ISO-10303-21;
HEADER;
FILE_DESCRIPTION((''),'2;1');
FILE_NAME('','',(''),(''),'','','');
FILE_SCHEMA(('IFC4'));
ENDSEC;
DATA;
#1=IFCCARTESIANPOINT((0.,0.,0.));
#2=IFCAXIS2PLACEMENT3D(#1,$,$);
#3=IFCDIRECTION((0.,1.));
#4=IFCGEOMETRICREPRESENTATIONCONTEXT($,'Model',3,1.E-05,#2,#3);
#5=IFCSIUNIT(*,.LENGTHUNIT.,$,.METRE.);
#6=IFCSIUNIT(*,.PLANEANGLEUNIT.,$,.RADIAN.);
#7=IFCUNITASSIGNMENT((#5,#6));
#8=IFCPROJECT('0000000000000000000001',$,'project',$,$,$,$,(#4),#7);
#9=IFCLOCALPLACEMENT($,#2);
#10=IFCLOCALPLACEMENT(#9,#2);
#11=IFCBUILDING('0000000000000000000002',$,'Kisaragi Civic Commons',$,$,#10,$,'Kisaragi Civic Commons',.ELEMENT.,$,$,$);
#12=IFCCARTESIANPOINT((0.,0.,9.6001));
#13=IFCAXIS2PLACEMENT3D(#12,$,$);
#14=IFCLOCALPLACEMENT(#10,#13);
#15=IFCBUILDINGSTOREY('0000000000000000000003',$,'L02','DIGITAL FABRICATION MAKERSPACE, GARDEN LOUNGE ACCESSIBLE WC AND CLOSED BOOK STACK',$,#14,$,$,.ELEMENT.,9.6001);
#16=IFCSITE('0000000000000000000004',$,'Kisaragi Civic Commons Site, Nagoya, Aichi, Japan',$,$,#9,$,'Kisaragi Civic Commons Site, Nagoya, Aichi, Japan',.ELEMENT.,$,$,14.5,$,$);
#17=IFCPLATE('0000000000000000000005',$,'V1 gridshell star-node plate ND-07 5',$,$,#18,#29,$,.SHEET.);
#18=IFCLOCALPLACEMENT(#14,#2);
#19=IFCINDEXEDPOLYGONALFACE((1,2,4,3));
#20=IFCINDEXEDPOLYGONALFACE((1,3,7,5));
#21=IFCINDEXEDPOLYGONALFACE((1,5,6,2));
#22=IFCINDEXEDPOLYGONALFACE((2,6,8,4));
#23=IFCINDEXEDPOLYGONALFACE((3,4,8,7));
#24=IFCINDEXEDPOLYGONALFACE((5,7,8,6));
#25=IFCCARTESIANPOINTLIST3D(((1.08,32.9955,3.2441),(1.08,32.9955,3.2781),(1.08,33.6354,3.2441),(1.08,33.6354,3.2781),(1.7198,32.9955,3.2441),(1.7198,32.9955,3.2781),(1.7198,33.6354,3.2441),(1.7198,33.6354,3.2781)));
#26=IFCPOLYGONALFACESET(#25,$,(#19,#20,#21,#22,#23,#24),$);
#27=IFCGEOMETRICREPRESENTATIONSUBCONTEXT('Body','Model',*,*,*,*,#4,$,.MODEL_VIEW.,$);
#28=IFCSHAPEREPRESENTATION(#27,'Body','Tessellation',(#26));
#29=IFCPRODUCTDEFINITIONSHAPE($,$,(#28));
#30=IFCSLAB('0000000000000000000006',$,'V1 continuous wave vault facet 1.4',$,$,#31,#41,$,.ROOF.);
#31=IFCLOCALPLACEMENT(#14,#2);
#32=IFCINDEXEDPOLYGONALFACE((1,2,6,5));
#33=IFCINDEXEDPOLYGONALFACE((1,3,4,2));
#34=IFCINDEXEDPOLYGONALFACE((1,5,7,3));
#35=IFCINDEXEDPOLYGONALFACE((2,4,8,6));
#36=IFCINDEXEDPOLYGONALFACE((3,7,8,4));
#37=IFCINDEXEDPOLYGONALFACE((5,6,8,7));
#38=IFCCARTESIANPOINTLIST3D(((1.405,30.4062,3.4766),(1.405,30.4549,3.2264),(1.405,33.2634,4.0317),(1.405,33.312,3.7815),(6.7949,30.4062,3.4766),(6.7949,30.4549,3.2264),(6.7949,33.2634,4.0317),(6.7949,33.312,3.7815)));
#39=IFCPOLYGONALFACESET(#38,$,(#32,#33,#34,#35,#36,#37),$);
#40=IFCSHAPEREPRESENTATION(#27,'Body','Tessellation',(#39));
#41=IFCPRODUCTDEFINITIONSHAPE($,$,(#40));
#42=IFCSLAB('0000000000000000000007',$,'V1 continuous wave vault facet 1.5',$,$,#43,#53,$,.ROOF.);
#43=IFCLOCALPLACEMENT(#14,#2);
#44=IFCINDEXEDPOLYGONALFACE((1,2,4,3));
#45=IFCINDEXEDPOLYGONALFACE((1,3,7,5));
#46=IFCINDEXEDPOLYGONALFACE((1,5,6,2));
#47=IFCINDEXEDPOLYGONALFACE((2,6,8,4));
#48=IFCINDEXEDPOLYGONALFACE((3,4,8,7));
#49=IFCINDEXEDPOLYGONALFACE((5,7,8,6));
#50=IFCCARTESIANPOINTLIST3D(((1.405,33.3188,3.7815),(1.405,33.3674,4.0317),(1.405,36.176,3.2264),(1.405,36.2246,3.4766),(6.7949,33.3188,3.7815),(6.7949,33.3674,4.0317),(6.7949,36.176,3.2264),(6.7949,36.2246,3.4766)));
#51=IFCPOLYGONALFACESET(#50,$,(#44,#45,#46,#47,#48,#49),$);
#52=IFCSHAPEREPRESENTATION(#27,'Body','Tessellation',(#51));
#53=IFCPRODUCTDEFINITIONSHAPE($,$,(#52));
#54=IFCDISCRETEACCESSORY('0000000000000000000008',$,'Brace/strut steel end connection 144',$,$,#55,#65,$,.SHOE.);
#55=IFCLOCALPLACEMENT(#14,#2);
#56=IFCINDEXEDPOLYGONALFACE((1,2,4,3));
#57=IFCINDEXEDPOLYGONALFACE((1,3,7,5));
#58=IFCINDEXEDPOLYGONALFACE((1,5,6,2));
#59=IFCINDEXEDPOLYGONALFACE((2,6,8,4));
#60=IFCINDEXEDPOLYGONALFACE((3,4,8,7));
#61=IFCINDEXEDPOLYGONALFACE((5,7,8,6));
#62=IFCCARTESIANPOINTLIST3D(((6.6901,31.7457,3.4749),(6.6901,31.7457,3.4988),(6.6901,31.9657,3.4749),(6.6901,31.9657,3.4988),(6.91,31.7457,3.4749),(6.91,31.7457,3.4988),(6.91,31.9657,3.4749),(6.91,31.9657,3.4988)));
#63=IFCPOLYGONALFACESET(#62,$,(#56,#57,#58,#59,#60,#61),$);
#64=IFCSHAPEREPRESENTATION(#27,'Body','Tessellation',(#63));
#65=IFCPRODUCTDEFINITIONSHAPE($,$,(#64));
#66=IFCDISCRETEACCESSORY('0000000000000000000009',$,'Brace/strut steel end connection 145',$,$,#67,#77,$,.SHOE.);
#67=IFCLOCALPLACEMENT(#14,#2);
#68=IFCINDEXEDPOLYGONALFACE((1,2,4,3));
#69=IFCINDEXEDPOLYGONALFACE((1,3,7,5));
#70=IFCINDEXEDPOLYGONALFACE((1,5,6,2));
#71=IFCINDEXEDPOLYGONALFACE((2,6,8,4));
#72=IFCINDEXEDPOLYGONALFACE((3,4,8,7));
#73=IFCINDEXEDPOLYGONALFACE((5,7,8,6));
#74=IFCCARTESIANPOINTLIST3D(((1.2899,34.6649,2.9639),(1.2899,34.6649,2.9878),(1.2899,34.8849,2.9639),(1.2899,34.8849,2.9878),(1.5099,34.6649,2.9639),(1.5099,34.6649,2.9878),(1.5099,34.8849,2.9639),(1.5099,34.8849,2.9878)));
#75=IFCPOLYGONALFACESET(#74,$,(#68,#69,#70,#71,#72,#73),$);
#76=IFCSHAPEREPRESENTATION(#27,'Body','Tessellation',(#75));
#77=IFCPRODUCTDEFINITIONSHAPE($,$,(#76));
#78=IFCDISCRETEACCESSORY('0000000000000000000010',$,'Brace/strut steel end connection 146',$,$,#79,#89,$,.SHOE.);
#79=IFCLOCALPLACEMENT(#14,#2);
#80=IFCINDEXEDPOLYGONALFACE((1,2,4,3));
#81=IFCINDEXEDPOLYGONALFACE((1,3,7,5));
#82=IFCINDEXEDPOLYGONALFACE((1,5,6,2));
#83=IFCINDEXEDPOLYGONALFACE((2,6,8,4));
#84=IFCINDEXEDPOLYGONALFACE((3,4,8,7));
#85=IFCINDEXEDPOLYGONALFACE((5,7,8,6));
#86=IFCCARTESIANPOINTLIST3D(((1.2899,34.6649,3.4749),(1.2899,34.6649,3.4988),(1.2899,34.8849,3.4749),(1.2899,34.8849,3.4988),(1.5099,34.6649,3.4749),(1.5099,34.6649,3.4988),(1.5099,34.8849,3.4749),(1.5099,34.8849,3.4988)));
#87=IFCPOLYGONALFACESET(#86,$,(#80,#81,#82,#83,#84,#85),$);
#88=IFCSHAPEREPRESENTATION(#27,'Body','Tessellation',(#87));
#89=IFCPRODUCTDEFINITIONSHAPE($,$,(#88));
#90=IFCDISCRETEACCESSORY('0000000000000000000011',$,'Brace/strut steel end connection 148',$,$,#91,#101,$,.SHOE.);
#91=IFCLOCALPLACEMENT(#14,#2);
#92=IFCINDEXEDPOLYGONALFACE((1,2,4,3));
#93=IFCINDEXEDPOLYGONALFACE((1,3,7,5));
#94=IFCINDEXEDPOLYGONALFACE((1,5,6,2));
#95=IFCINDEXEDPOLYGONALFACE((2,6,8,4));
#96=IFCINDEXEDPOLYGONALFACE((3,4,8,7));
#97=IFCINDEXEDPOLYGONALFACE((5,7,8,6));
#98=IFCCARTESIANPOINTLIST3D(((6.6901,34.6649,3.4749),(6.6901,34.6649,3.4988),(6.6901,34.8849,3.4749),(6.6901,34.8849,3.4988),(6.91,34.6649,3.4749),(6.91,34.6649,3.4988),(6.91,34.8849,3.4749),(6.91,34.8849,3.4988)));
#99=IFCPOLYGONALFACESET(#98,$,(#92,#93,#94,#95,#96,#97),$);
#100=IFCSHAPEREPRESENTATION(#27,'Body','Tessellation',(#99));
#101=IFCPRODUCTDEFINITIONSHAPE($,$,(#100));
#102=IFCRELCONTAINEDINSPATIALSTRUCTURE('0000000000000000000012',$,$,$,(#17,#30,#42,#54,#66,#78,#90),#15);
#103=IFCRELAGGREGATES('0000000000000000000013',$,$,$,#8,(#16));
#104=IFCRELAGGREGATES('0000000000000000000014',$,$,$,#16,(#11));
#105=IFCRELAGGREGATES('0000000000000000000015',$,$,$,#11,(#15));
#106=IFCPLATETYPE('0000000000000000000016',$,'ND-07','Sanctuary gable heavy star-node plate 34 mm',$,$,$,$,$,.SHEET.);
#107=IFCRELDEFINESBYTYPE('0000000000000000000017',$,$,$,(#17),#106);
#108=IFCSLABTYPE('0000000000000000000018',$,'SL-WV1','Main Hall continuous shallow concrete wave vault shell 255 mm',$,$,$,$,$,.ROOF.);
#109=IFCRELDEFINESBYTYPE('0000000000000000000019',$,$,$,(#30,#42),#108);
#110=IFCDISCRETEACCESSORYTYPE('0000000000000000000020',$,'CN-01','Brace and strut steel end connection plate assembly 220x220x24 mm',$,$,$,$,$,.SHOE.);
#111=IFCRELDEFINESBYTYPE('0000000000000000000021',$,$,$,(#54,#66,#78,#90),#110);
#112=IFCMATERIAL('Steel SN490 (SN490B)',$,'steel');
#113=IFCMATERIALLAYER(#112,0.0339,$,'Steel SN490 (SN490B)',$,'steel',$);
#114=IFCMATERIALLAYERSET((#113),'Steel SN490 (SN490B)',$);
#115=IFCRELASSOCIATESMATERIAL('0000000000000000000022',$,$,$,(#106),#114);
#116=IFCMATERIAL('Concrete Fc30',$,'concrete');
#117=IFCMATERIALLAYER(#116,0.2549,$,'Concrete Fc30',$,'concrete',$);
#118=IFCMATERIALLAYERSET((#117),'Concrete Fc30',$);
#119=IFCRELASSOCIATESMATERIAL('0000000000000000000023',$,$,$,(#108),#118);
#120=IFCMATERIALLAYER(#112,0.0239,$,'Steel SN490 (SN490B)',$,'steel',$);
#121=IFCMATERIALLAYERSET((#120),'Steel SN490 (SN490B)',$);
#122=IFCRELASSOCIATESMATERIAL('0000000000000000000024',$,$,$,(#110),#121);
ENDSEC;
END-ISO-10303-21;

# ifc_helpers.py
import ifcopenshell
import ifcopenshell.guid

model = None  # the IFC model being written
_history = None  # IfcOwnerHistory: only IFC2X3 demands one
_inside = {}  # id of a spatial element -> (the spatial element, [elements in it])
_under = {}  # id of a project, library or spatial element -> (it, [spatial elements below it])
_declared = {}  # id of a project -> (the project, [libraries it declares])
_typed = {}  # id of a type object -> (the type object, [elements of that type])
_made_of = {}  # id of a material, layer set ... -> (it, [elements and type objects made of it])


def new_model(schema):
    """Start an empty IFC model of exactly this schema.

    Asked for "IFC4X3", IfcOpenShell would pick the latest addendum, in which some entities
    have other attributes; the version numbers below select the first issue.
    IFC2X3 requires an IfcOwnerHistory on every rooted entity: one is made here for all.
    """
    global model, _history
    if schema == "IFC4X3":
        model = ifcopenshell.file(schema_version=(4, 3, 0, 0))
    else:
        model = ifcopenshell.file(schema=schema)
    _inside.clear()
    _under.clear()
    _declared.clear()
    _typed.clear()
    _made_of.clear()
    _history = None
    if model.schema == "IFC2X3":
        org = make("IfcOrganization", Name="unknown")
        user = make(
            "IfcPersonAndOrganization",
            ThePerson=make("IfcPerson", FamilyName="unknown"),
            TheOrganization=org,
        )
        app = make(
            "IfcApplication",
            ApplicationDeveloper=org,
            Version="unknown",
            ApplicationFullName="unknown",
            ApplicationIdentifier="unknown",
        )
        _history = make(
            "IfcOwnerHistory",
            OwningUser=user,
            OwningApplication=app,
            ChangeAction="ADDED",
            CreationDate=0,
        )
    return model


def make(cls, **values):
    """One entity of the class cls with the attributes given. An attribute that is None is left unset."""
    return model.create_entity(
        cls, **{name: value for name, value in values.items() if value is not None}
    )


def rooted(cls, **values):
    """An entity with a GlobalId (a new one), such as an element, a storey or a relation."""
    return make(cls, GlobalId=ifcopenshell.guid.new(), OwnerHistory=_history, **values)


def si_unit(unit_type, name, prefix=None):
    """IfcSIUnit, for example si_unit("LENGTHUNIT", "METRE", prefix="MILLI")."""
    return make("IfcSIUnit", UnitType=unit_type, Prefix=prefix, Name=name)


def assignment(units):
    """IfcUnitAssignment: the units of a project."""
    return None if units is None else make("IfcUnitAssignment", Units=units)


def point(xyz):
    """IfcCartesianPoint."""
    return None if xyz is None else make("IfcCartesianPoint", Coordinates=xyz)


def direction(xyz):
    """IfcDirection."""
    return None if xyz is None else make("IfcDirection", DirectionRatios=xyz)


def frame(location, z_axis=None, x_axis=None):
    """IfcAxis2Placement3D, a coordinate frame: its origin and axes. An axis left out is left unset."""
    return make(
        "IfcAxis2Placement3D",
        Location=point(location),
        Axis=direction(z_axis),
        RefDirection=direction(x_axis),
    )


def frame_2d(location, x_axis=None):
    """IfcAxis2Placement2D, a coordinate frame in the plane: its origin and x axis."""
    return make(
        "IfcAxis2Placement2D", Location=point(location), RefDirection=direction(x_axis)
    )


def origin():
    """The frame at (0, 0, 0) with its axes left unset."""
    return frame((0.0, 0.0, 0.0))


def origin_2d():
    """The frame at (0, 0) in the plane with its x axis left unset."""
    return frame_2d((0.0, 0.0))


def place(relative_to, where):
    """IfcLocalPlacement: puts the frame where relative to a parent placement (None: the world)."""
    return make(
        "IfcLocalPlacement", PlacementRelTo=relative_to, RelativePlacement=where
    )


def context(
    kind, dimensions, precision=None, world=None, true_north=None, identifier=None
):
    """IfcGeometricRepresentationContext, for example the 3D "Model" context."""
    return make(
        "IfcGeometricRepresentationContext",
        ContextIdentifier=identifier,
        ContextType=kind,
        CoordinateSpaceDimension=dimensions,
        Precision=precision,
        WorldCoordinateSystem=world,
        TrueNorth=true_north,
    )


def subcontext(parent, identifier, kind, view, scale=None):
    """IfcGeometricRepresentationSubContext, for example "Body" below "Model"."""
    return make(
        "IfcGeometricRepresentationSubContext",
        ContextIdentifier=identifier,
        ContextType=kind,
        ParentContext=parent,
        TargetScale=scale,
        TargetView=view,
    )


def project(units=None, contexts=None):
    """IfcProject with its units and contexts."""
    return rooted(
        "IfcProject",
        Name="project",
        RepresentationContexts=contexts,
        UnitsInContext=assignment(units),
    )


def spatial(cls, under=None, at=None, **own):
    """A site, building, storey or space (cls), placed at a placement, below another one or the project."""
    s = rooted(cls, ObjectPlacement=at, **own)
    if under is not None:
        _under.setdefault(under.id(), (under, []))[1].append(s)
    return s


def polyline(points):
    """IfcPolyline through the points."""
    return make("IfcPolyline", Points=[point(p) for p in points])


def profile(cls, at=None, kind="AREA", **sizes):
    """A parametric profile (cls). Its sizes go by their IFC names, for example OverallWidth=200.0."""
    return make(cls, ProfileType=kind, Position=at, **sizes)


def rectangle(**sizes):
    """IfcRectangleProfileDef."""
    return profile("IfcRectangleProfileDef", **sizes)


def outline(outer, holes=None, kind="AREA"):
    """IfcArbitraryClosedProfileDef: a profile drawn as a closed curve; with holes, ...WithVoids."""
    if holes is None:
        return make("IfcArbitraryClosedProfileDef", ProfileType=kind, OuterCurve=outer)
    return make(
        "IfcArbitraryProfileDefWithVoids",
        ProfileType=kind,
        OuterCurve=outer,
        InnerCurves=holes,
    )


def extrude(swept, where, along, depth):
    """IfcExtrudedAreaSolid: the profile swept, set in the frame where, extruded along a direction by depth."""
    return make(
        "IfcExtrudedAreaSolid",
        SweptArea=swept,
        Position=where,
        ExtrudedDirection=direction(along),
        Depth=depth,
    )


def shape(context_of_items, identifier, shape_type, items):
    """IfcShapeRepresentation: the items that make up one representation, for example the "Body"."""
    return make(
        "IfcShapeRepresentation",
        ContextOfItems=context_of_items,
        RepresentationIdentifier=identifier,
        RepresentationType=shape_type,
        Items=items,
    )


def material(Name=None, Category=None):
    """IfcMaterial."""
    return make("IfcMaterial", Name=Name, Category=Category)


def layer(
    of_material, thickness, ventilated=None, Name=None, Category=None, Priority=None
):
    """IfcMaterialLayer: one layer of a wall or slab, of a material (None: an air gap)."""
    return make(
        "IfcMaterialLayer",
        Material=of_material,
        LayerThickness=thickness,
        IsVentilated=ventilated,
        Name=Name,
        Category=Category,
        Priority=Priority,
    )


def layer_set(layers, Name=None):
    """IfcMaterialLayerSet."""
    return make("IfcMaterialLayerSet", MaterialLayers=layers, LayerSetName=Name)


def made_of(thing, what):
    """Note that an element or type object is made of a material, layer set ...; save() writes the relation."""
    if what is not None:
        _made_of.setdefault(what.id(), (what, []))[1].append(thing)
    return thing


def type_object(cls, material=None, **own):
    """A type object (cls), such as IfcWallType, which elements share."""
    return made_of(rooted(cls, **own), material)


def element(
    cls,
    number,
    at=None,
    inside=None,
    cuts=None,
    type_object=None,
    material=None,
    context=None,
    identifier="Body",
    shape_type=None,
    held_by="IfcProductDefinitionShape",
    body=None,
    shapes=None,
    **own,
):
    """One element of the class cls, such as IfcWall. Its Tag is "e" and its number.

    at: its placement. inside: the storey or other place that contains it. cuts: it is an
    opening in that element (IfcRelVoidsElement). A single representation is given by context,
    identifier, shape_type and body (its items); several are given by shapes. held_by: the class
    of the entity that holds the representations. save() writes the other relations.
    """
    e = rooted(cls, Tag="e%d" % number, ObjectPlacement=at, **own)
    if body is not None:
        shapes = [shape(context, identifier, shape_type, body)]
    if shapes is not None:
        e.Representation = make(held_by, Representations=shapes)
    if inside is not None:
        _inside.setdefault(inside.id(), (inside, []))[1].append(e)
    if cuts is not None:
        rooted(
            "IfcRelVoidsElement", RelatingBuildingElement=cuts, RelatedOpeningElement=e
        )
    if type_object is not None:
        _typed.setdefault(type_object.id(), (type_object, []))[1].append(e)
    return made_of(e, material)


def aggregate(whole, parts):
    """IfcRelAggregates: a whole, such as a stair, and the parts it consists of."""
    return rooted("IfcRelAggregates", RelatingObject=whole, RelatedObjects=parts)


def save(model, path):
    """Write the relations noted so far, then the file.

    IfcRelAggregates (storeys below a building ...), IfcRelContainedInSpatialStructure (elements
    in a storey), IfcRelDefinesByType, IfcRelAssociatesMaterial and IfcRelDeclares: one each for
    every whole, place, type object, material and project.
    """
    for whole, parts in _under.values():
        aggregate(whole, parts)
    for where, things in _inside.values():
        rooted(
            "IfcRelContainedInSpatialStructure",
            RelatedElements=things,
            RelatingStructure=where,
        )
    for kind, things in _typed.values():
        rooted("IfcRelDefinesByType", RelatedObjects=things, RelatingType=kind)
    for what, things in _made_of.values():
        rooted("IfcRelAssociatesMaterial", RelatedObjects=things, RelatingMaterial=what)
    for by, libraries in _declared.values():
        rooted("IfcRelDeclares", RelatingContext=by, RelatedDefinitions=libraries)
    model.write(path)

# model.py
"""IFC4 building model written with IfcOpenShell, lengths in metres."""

from ifc_helpers import new_model, si_unit, direction, frame, origin, origin_2d, place, context, subcontext, project, spatial, polyline, rectangle, outline, extrude, material, layer, layer_set, type_object, element, save


model = new_model("IFC4")

# Units and contexts
model_context = context("Model", 3, precision=1e-05, world=origin(), true_north=direction((0.0, 1.0)))
body_context = subcontext(model_context, "Body", "Model", "MODEL_VIEW")
ifc_project = project(units=[si_unit("LENGTHUNIT", "METRE"), si_unit("PLANEANGLEUNIT", "RADIAN")], contexts=[model_context])

# Site, building, storey
site_placement = place(None, origin())
site = spatial("IfcSite", under=ifc_project, at=site_placement, Name="Kisaragi Civic Commons Site, Nagoya, Aichi, Japan", LongName="Kisaragi Civic Commons Site, Nagoya, Aichi, Japan", CompositionType="ELEMENT", RefElevation=14.5)
building_placement = place(site_placement, origin())
building = spatial("IfcBuilding", under=site, at=building_placement, Name="Kisaragi Civic Commons", LongName="Kisaragi Civic Commons", CompositionType="ELEMENT")
storey_placement = place(building_placement, frame((0.0, 0.0, 9.6001)))
storey = spatial("IfcBuildingStorey", under=building, at=storey_placement, Name="L02", Description="DIGITAL FABRICATION MAKERSPACE, GARDEN LOUNGE ACCESSIBLE WC AND CLOSED BOOK STACK", CompositionType="ELEMENT", Elevation=9.6001)

# Shared definitions
ifc_material_1 = material(Name="Steel SN490 (SN490B)", Category="steel")

# Plate
ifc_layer_1 = layer(ifc_material_1, 0.0339, Name="Steel SN490 (SN490B)", Category="steel")
ifc_layer_set_1 = layer_set([ifc_layer_1], Name="Steel SN490 (SN490B)")
plate_type_1 = type_object("IfcPlateType", Name="ND-07", Description="Sanctuary gable heavy star-node plate 34 mm", PredefinedType="SHEET", material=ifc_layer_set_1)
plate_1_placement = place(storey_placement, frame((1.3999, 33.3154, 3.2441), z_axis=(0.0, 0.0, 1.0), x_axis=(1.0, 0.0, 0.0)))
element("IfcPlate", 1, at=plate_1_placement, inside=storey, type_object=plate_type_1, Name="V1 gridshell star-node plate ND-07 5", PredefinedType="SHEET", context=body_context, shape_type="SweptSolid", body=[
    extrude(rectangle(XDim=0.6399, YDim=0.6399, at=origin_2d()), origin(), (0.0, 0.0, 1.0), 0.0339),
])

# Slabs
ifc_material_2 = material(Name="Concrete Fc30", Category="concrete")
ifc_layer_2 = layer(ifc_material_2, 0.2549, Name="Concrete Fc30", Category="concrete")
ifc_layer_set_2 = layer_set([ifc_layer_2], Name="Concrete Fc30")
slab_type = type_object("IfcSlabType", Name="SL-WV1", Description="Main Hall continuous shallow concrete wave vault shell 255 mm", PredefinedType="ROOF", material=ifc_layer_set_2)
for number, where, z_axis, x_axis, name in (
    (2, (6.7949, 33.2634, 4.0317), (0.0, -0.190742, 0.98164), (-1.0, 0.0, 0.0), "V1 continuous wave vault facet 1.4"),
    (3, (6.7949, 36.2246, 3.4766), (0.0, 0.190742, 0.98164), (-1.0, 0.0, 0.0), "V1 continuous wave vault facet 1.5"),
):
    element("IfcSlab", number, at=place(storey_placement, frame(where, z_axis=z_axis, x_axis=x_axis)), inside=storey, type_object=slab_type, Name=name, PredefinedType="ROOF", context=body_context, shape_type="SweptSolid", body=[
        extrude(outline(polyline([(0.0, 0.0), (5.3899, 0.0), (5.3899, 2.9106), (0.0, 2.9106), (0.0, 0.0)])), origin(), (0.0, 0.0, -1.0), 0.2549),
    ])

# Discrete accessories
ifc_layer_3 = layer(ifc_material_1, 0.0239, Name="Steel SN490 (SN490B)", Category="steel")
ifc_layer_set_3 = layer_set([ifc_layer_3], Name="Steel SN490 (SN490B)")
discrete_accessory_type = type_object("IfcDiscreteAccessoryType", Name="CN-01", Description="Brace and strut steel end connection plate assembly 220x220x24 mm", PredefinedType="SHOE", material=ifc_layer_set_3)
for number, where, z_axis, x_axis, name in (
    (4, (6.8, 31.8557, 3.4749), (0.0, 0.0, 1.0), (1.0, 0.0, 0.0), "Brace/strut steel end connection 144"),
    (5, (1.3999, 34.7749, 2.9639), (0.0, 0.0, 1.0), (1.0, 0.0, 0.0), "Brace/strut steel end connection 145"),
    (6, (1.3999, 34.7749, 3.4749), (0.0, 0.0, 1.0), (1.0, 0.0, 0.0), "Brace/strut steel end connection 146"),
    (7, (6.8, 34.7749, 3.4749), (0.0, 0.0, 1.0), (1.0, 0.0, 0.0), "Brace/strut steel end connection 148"),
):
    element("IfcDiscreteAccessory", number, at=place(storey_placement, frame(where, z_axis=z_axis, x_axis=x_axis)), inside=storey, type_object=discrete_accessory_type, Name=name, PredefinedType="SHOE", context=body_context, shape_type="SweptSolid", body=[
        extrude(rectangle(XDim=0.22, YDim=0.22, at=origin_2d()), origin(), (0.0, 0.0, 1.0), 0.0239),
    ])

save(model, "model.ifc")
